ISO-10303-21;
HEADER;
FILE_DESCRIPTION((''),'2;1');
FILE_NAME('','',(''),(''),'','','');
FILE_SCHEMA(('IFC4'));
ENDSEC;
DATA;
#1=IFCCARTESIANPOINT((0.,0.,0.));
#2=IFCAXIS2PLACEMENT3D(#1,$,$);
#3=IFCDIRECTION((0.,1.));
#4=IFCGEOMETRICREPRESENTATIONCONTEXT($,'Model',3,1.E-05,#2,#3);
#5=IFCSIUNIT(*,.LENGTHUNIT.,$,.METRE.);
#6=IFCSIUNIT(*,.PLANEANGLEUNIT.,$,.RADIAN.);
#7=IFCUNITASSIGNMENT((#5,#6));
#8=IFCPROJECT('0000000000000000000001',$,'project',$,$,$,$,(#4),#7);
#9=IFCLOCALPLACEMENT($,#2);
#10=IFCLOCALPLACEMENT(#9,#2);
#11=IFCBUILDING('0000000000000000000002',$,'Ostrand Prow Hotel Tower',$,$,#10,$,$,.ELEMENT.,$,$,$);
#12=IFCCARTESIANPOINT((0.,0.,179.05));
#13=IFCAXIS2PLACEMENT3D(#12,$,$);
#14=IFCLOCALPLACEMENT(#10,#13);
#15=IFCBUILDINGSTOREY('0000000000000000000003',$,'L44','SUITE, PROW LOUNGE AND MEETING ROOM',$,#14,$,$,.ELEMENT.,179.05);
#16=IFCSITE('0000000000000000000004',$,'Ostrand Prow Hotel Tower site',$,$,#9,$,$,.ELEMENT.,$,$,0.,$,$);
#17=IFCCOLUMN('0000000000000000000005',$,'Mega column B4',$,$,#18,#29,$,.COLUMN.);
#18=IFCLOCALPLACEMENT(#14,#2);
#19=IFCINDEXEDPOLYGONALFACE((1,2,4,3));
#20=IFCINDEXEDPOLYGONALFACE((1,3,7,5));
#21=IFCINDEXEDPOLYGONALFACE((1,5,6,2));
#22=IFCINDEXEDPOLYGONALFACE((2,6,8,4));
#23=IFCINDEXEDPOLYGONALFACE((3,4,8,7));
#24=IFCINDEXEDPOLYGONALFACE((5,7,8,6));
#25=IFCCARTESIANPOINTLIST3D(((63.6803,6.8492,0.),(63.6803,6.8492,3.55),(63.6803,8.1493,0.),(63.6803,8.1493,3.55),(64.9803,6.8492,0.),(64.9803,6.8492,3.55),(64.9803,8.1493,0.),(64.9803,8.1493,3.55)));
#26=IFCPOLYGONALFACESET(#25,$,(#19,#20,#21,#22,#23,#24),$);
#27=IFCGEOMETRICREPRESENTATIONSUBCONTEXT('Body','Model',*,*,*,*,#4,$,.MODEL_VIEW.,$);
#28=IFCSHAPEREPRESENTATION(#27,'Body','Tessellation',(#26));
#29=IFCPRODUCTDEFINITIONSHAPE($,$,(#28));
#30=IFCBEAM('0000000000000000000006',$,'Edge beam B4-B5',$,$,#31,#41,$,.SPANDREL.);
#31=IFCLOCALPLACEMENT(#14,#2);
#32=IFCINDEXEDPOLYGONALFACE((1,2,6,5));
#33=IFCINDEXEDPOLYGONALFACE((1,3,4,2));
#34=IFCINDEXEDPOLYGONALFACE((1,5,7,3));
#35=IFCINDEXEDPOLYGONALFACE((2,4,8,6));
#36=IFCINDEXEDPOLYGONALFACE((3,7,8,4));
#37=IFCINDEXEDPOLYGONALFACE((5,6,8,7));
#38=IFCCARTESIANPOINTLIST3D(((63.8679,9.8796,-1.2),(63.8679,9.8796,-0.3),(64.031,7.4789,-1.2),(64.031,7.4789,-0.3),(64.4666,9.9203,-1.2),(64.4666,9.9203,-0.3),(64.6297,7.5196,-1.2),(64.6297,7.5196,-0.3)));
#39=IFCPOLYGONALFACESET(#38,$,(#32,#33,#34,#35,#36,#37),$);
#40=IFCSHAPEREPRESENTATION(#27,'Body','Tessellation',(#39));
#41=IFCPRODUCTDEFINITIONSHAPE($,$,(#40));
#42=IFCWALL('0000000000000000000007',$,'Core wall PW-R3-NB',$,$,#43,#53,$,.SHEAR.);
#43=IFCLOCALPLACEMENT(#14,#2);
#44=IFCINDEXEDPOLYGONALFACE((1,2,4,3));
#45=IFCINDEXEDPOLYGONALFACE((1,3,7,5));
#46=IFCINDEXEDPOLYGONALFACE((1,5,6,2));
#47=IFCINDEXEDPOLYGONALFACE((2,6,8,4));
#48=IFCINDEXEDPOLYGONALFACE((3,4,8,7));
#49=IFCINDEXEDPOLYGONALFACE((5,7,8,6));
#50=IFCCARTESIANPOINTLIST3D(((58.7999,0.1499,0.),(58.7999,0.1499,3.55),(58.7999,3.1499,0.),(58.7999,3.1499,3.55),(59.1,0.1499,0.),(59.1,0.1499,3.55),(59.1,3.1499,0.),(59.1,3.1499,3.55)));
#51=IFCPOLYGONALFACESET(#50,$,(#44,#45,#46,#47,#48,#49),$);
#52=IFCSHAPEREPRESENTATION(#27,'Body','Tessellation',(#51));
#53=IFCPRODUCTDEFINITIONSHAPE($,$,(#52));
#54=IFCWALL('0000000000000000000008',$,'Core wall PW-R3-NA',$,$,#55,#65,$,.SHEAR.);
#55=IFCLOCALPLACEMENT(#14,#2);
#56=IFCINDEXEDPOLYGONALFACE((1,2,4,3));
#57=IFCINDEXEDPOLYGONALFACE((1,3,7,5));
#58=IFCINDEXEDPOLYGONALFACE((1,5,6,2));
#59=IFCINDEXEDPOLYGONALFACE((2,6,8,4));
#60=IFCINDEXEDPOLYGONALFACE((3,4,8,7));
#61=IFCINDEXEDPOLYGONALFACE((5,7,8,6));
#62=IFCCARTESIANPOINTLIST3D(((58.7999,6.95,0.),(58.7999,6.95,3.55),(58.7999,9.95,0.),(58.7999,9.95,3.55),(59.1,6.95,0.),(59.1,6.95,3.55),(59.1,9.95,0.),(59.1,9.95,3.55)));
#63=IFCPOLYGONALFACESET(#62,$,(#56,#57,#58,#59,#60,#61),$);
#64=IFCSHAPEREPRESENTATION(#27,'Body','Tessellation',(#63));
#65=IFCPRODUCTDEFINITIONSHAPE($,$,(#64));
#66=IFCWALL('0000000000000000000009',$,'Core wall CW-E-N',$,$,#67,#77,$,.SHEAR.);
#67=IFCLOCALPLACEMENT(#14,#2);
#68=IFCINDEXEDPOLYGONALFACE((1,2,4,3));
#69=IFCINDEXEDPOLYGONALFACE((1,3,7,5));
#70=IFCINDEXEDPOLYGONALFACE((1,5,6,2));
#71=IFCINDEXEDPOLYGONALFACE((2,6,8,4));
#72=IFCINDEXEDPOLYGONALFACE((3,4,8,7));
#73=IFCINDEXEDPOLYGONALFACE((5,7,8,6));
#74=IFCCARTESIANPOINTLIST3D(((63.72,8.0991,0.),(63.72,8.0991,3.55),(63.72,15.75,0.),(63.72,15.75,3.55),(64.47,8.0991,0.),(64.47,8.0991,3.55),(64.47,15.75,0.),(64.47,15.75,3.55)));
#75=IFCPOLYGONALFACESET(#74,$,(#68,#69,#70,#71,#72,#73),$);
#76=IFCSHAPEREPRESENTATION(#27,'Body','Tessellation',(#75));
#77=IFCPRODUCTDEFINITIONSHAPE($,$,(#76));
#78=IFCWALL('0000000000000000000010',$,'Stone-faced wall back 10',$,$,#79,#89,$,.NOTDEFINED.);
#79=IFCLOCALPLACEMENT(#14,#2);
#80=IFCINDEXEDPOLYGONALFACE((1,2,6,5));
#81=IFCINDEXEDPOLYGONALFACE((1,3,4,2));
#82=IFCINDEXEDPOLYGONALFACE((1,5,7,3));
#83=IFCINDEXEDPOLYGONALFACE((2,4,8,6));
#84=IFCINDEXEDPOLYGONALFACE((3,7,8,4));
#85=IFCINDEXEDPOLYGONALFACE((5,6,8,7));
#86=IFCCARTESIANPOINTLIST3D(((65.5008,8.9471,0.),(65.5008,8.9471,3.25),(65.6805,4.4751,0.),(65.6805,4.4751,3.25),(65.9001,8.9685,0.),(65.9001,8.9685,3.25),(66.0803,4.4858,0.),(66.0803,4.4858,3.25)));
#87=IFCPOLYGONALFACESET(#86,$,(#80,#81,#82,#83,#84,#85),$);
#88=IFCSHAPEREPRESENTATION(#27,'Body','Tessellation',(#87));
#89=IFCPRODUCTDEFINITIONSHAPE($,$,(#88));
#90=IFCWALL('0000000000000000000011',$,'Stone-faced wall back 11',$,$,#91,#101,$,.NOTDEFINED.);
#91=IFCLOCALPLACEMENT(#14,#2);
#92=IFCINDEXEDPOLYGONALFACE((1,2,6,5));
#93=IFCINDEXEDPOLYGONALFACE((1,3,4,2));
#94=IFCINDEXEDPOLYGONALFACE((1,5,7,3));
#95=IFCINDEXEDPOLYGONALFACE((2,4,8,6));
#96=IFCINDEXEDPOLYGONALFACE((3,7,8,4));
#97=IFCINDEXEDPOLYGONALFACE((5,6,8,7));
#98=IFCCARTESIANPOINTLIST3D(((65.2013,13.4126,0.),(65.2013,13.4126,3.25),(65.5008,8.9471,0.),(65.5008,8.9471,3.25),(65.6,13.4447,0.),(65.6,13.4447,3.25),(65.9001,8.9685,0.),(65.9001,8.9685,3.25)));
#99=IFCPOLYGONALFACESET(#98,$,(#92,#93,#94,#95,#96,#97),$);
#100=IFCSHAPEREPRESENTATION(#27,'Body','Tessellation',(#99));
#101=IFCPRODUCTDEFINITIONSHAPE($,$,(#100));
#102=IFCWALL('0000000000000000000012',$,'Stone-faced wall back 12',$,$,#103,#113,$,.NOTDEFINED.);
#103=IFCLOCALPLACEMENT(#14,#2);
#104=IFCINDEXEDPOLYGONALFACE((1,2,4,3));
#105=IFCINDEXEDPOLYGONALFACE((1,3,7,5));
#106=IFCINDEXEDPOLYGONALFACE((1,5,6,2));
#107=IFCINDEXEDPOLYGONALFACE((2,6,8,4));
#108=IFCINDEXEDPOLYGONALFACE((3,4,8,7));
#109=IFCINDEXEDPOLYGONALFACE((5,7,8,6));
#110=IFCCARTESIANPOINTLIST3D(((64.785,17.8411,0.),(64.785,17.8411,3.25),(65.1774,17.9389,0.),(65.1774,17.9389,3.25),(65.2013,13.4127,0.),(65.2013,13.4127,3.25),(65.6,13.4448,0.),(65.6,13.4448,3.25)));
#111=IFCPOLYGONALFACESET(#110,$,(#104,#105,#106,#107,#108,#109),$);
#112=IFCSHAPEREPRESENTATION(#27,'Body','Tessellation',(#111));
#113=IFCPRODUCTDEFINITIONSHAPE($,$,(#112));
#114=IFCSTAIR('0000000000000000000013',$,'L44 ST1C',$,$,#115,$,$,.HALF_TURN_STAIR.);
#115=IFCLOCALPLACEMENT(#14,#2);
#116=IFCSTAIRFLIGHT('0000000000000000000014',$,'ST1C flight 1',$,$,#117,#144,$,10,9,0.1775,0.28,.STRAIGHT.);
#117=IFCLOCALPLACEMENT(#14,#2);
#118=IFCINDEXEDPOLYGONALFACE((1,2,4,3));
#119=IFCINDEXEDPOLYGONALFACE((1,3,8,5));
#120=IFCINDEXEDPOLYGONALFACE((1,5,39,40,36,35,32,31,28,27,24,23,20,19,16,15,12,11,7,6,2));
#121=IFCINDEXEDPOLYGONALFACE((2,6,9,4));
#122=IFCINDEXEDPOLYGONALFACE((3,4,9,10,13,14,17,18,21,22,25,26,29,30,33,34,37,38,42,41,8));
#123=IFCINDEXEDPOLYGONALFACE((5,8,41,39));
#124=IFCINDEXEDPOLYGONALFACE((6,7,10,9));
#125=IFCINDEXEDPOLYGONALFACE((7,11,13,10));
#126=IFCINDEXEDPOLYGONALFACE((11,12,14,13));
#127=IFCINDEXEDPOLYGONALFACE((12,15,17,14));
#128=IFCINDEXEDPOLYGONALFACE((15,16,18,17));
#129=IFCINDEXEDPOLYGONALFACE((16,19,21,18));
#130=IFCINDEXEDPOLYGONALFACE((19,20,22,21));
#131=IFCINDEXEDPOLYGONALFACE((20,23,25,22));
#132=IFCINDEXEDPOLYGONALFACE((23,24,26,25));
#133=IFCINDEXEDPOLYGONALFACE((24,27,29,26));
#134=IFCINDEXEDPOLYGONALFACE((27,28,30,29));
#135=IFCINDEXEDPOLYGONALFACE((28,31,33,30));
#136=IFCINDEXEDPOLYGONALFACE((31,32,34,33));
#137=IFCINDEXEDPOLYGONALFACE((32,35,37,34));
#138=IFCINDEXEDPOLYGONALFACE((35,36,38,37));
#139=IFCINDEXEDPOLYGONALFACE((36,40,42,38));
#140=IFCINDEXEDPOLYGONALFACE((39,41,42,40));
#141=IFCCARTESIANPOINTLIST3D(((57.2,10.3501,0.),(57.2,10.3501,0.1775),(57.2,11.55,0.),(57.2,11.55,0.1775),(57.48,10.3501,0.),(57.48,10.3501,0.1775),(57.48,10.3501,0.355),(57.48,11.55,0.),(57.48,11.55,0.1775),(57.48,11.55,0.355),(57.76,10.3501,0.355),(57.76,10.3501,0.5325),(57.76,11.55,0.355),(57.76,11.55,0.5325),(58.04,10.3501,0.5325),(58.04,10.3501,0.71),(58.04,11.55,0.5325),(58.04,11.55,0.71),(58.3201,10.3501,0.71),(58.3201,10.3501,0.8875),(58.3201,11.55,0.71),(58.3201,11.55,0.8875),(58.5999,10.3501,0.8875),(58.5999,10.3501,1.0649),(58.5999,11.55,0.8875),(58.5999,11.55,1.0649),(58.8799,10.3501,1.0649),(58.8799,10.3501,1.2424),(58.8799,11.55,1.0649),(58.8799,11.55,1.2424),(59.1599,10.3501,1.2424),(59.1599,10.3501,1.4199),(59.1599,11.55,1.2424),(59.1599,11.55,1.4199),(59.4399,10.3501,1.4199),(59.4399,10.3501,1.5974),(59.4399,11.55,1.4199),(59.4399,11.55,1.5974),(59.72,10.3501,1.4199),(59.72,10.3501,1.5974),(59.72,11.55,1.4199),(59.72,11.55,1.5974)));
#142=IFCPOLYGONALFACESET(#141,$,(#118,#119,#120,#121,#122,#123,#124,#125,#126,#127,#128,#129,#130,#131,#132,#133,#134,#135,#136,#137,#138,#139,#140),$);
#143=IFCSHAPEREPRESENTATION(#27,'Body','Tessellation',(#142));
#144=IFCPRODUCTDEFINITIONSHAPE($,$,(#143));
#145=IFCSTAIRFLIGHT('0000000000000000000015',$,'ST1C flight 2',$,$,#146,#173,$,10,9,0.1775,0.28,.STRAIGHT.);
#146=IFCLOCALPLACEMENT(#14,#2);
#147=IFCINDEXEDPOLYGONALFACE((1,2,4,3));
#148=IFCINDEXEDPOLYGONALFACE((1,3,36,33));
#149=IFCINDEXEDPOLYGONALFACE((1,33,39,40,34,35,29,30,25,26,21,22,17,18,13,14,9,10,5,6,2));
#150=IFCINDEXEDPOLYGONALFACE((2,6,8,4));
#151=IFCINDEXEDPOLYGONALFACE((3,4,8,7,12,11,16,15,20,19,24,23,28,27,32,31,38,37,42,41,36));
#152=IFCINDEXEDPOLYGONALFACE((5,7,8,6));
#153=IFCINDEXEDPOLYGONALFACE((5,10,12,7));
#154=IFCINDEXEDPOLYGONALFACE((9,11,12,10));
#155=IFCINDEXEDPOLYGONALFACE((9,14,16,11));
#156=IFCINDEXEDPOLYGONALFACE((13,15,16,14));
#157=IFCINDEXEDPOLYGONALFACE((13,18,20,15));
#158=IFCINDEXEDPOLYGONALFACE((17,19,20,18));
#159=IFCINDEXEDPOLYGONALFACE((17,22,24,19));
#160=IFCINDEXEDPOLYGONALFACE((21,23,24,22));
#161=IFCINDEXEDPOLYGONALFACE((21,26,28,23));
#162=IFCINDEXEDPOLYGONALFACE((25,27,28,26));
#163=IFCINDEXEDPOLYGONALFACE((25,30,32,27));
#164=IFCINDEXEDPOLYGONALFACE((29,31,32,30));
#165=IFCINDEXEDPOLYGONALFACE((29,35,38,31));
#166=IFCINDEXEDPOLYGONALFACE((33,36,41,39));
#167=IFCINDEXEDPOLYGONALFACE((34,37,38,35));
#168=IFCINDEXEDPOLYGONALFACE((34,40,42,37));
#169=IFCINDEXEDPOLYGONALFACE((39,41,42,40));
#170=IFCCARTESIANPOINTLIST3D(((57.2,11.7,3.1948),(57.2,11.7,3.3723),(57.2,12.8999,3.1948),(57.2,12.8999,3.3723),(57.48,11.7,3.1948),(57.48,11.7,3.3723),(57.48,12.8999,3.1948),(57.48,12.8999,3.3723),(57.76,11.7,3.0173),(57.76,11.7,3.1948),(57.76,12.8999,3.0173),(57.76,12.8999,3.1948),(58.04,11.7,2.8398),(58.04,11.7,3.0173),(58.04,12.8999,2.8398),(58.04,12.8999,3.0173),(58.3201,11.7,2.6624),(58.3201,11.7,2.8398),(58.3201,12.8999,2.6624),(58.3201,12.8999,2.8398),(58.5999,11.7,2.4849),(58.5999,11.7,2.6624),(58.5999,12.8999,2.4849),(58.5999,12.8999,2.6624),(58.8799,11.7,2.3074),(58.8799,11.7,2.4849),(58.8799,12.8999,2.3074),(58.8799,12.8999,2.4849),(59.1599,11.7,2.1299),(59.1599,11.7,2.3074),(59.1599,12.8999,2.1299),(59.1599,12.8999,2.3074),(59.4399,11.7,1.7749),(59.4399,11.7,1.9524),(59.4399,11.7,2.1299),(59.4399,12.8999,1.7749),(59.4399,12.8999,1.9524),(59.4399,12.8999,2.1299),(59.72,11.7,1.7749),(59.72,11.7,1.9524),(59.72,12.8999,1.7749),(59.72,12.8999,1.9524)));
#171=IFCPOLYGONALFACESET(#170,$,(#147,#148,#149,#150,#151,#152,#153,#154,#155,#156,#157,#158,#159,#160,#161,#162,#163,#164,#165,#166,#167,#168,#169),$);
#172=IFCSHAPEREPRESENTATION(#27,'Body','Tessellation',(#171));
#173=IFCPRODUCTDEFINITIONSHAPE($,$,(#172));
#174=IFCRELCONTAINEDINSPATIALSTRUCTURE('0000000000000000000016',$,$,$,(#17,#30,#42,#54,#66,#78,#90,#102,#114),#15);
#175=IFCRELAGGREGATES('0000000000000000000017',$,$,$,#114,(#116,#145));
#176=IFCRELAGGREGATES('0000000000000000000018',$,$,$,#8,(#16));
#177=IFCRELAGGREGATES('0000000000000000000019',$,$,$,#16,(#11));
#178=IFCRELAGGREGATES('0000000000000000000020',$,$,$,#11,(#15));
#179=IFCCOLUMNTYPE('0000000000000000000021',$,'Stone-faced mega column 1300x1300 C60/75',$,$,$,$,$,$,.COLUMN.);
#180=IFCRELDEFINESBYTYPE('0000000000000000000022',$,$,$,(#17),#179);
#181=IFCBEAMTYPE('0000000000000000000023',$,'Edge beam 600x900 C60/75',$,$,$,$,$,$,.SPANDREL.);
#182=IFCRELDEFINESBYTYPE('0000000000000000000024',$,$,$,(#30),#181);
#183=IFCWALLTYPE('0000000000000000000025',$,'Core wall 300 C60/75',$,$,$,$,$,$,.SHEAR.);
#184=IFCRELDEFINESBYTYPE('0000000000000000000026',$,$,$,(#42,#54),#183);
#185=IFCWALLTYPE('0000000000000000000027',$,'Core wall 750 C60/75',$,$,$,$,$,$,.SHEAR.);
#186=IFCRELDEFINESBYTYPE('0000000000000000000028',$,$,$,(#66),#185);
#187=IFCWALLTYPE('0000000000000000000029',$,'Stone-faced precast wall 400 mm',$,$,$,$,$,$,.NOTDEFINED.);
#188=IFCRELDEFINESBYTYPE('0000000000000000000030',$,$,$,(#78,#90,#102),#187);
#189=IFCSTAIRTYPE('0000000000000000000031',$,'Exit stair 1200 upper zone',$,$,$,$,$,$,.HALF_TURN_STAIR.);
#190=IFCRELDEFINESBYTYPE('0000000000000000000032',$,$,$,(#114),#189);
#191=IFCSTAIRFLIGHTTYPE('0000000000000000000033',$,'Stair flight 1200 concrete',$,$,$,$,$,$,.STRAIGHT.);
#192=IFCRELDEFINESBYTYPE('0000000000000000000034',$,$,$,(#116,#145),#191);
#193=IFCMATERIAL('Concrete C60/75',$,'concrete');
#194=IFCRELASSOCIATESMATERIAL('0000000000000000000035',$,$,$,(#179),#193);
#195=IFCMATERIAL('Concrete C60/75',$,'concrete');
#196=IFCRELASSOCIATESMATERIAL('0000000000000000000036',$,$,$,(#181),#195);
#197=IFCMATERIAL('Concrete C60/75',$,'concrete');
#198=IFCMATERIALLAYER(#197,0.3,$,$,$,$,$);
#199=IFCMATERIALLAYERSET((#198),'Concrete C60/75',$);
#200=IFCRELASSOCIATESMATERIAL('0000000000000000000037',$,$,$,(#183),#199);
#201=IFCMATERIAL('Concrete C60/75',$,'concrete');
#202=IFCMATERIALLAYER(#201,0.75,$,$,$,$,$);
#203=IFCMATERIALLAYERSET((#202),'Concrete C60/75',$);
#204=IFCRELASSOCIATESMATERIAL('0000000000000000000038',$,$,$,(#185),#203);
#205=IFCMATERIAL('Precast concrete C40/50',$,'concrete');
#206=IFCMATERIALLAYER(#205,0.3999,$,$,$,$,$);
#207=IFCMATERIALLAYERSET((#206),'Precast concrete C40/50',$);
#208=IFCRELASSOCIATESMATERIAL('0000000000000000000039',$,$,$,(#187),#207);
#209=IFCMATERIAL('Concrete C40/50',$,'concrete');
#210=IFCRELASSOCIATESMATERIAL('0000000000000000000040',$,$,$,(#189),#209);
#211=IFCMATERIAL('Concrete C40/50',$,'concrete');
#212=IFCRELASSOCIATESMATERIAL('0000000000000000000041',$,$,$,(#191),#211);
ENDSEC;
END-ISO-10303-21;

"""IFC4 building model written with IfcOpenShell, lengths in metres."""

from ifc_helpers import new_model, si_unit, direction, frame, frame_2d, origin, origin_2d, place, context, subcontext, project, spatial, polyline, rectangle, outline, extrude, material, layer, layer_set, material_profile, profile_set, type_object, element, aggregate, save


model = new_model("IFC4")

# Units and contexts
model_context = context("Model", 3, precision=1e-05, world=origin(), true_north=direction((0.0, 1.0)))
body_context = subcontext(model_context, "Body", "Model", "MODEL_VIEW")
ifc_project = project(units=[si_unit("LENGTHUNIT", "METRE"), si_unit("PLANEANGLEUNIT", "RADIAN")], contexts=[model_context])

# Site, building, storey
site_placement = place(None, origin())
site = spatial("IfcSite", under=ifc_project, at=site_placement, Name="Ostrand Prow Hotel Tower site", CompositionType="ELEMENT", RefElevation=0.0)
building_placement = place(site_placement, origin())
building = spatial("IfcBuilding", under=site, at=building_placement, Name="Ostrand Prow Hotel Tower", CompositionType="ELEMENT")
storey_placement = place(building_placement, frame((0.0, 0.0, 179.05)))
storey = spatial("IfcBuildingStorey", under=building, at=storey_placement, Name="L44", Description="SUITE, PROW LOUNGE AND MEETING ROOM", CompositionType="ELEMENT", Elevation=179.05)

# Column
ifc_material_1 = material(Name="Concrete C60/75", Category="concrete")
ifc_material_profile_1 = material_profile(ifc_material_1, rectangle(XDim=1.3, YDim=1.3, at=origin_2d()), Name="RC 1300x1300")
ifc_profile_set_1 = profile_set([ifc_material_profile_1], Name="Concrete C60/75")
column_type = type_object("IfcColumnType", Name="Stone-faced mega column 1300x1300 C60/75", PredefinedType="COLUMN", material=ifc_profile_set_1)
column_placement = place(storey_placement, frame((64.3303, 7.4993, 0.0), z_axis=(0.0, 0.0, 1.0), x_axis=(1.0, 0.0, 0.0)))
element("IfcColumn", 1, at=column_placement, inside=storey, type_object=column_type, Name="Mega column B4", PredefinedType="COLUMN", context=body_context, shape_type="SweptSolid", body=[
    extrude(rectangle(XDim=1.3, YDim=1.3, at=origin_2d()), origin(), (0.0, 0.0, 1.0), 3.55),
])

# Beam
ifc_material_2 = material(Name="Concrete C60/75", Category="concrete")
ifc_material_profile_2 = material_profile(ifc_material_2, rectangle(XDim=0.6001, YDim=0.8999, at=origin_2d()), Name="RC 600x900")
ifc_profile_set_2 = profile_set([ifc_material_profile_2], Name="Concrete C60/75")
beam_type = type_object("IfcBeamType", Name="Edge beam 600x900 C60/75", PredefinedType="SPANDREL", material=ifc_profile_set_2)
beam_placement = place(storey_placement, frame((64.3303, 7.4993, -0.75), z_axis=(-0.067778, 0.9977, 0.0), x_axis=(-0.9977, -0.067778, 0.0)))
element("IfcBeam", 2, at=beam_placement, inside=storey, type_object=beam_type, Name="Edge beam B4-B5", PredefinedType="SPANDREL", context=body_context, shape_type="SweptSolid", body=[
    extrude(rectangle(XDim=0.6001, YDim=0.8999, at=origin_2d()), origin(), (0.0, 0.0, 1.0), 2.4062),
])

# Walls
ifc_material_3 = material(Name="Concrete C60/75", Category="concrete")
ifc_layer_1 = layer(ifc_material_3, 0.3)
ifc_layer_set_1 = layer_set([ifc_layer_1], Name="Concrete C60/75")
wall_type_1 = type_object("IfcWallType", Name="Core wall 300 C60/75", PredefinedType="SHEAR", material=ifc_layer_set_1)
for number, where, z_axis, x_axis, name in (
    (3, (58.95, 0.1499, 0.0), (0.0, 0.0, 1.0), (0.0, 1.0, 0.0), "Core wall PW-R3-NB"),
    (4, (58.95, 6.95, 0.0), (0.0, 0.0, 1.0), (0.0, 1.0, 0.0), "Core wall PW-R3-NA"),
):
    element("IfcWall", number, at=place(storey_placement, frame(where, z_axis=z_axis, x_axis=x_axis)), inside=storey, type_object=wall_type_1, Name=name, PredefinedType="SHEAR", context=body_context, shape_type="SweptSolid", body=[
        extrude(rectangle(XDim=3.0, YDim=0.3, at=frame_2d((1.5, 0.0))), origin(), (0.0, 0.0, 1.0), 3.55),
    ])
ifc_material_4 = material(Name="Concrete C60/75", Category="concrete")
ifc_layer_2 = layer(ifc_material_4, 0.75)
ifc_layer_set_2 = layer_set([ifc_layer_2], Name="Concrete C60/75")
wall_type_2 = type_object("IfcWallType", Name="Core wall 750 C60/75", PredefinedType="SHEAR", material=ifc_layer_set_2)
wall_1_placement = place(storey_placement, frame((64.095, 8.0991, 0.0), z_axis=(0.0, 0.0, 1.0), x_axis=(0.0, 1.0, 0.0)))
element("IfcWall", 5, at=wall_1_placement, inside=storey, type_object=wall_type_2, Name="Core wall CW-E-N", PredefinedType="SHEAR", context=body_context, shape_type="SweptSolid", body=[
    extrude(rectangle(XDim=7.6509, YDim=0.75, at=frame_2d((3.8254, 0.0))), origin(), (0.0, 0.0, 1.0), 3.55),
])
ifc_material_5 = material(Name="Precast concrete C40/50", Category="concrete")
ifc_layer_3 = layer(ifc_material_5, 0.3999)
ifc_layer_set_3 = layer_set([ifc_layer_3], Name="Precast concrete C40/50")
wall_type_3 = type_object("IfcWallType", Name="Stone-faced precast wall 400 mm", PredefinedType="NOTDEFINED", material=ifc_layer_set_3)
for number, where, z_axis, x_axis, name in (
    (6, (65.8804, 4.4805, 0.0), (0.0, 0.0, 1.0), (-0.040155, 0.999193, 0.0), "Stone-faced wall back 10"),
    (7, (65.7004, 8.9578, 0.0), (0.0, 0.0, 1.0), (-0.066906, 0.997759, 0.0), "Stone-faced wall back 11"),
):
    element("IfcWall", number, at=place(storey_placement, frame(where, z_axis=z_axis, x_axis=x_axis)), inside=storey, type_object=wall_type_3, Name=name, PredefinedType="NOTDEFINED", context=body_context, shape_type="SweptSolid", body=[
        extrude(outline(polyline([(-0.0027, -0.2), (4.4836, -0.2), (4.4783, 0.2), (0.0027, 0.2), (-0.0027, -0.2)])), origin(), (0.0, 0.0, 1.0), 3.25),
    ])
wall_2_placement = place(storey_placement, frame((65.4006, 13.4287, 0.0), z_axis=(0.0, 0.0, 1.0), x_axis=(-0.093606, 0.995609, 0.0)))
element("IfcWall", 8, at=wall_2_placement, inside=storey, type_object=wall_type_3, Name="Stone-faced wall back 12", PredefinedType="NOTDEFINED", context=body_context, shape_type="SweptSolid", body=[
    extrude(outline(polyline([(-0.0027, -0.2), (4.5112, -0.2), (4.4507, 0.2), (0.0027, 0.2), (-0.0027, -0.2)])), origin(), (0.0, 0.0, 1.0), 3.25),
])

# Stair, stair flights
ifc_material_6 = material(Name="Concrete C40/50", Category="concrete")
stair_type = type_object("IfcStairType", Name="Exit stair 1200 upper zone", PredefinedType="HALF_TURN_STAIR", material=ifc_material_6)
stair_1_placement = place(storey_placement, origin())
stair_1 = element("IfcStair", 9, at=stair_1_placement, inside=storey, type_object=stair_type, Name="L44 ST1C", PredefinedType="HALF_TURN_STAIR")
ifc_material_7 = material(Name="Concrete C40/50", Category="concrete")
stair_flight_type = type_object("IfcStairFlightType", Name="Stair flight 1200 concrete", PredefinedType="STRAIGHT", material=ifc_material_7)
stair_flight_1_placement = place(storey_placement, frame((57.2, 10.95, 0.0), z_axis=(0.0, 0.0, 1.0), x_axis=(1.0, 0.0, 0.0)))
stair_flight_1 = element("IfcStairFlight", 10, at=stair_flight_1_placement, type_object=stair_flight_type, Name="ST1C flight 1", NumberOfRisers=10, NumberOfTreads=9, PredefinedType="STRAIGHT", RiserHeight=0.1775, TreadLength=0.28, context=body_context, shape_type="SweptSolid", body=[
    extrude(outline(polyline([(0.0, 0.0), (0.0, 0.1775), (0.28, 0.1775), (0.28, 0.355), (0.5601, 0.355), (0.5601, 0.5325), (0.8401, 0.5325), (0.8401, 0.71), (1.1201, 0.71), (1.1201, 0.8875), (1.3999, 0.8875), (1.3999, 1.0649), (1.6799, 1.0649), (1.6799, 1.2424), (1.96, 1.2424), (1.96, 1.4199), (2.24, 1.4199), (2.24, 1.5974), (2.52, 1.5974), (2.52, 1.7749), (2.52, 1.4199), (0.28, 0.0), (0.0, 0.0)])), frame((0.0, 0.6001, 0.0), z_axis=(0.0, -1.0, 0.0), x_axis=(1.0, 0.0, 0.0)), (0.0, 0.0, 1.0), 1.2),
])
stair_flight_2_placement = place(storey_placement, frame((59.72, 12.3, 1.7749), z_axis=(0.0, 0.0, 1.0), x_axis=(-1.0, 0.0, 0.0)))
stair_flight_2 = element("IfcStairFlight", 11, at=stair_flight_2_placement, type_object=stair_flight_type, Name="ST1C flight 2", NumberOfRisers=10, NumberOfTreads=9, PredefinedType="STRAIGHT", RiserHeight=0.1775, TreadLength=0.28, context=body_context, shape_type="SweptSolid", body=[
    extrude(outline(polyline([(0.0, 0.0), (0.0, 0.1775), (0.28, 0.1775), (0.28, 0.355), (0.5601, 0.355), (0.5601, 0.5325), (0.8401, 0.5325), (0.8401, 0.71), (1.1201, 0.71), (1.1201, 0.8875), (1.3999, 0.8875), (1.3999, 1.0649), (1.6799, 1.0649), (1.6799, 1.2424), (1.96, 1.2424), (1.96, 1.4199), (2.24, 1.4199), (2.24, 1.5974), (2.52, 1.5974), (2.52, 1.7749), (2.52, 1.4199), (0.28, 0.0), (0.0, 0.0)])), frame((0.0, 0.6001, 0.0), z_axis=(0.0, -1.0, 0.0), x_axis=(1.0, 0.0, 0.0)), (0.0, 0.0, 1.0), 1.2),
])
aggregate(stair_1, [stair_flight_1, stair_flight_2])

save(model, "model.ifc")
